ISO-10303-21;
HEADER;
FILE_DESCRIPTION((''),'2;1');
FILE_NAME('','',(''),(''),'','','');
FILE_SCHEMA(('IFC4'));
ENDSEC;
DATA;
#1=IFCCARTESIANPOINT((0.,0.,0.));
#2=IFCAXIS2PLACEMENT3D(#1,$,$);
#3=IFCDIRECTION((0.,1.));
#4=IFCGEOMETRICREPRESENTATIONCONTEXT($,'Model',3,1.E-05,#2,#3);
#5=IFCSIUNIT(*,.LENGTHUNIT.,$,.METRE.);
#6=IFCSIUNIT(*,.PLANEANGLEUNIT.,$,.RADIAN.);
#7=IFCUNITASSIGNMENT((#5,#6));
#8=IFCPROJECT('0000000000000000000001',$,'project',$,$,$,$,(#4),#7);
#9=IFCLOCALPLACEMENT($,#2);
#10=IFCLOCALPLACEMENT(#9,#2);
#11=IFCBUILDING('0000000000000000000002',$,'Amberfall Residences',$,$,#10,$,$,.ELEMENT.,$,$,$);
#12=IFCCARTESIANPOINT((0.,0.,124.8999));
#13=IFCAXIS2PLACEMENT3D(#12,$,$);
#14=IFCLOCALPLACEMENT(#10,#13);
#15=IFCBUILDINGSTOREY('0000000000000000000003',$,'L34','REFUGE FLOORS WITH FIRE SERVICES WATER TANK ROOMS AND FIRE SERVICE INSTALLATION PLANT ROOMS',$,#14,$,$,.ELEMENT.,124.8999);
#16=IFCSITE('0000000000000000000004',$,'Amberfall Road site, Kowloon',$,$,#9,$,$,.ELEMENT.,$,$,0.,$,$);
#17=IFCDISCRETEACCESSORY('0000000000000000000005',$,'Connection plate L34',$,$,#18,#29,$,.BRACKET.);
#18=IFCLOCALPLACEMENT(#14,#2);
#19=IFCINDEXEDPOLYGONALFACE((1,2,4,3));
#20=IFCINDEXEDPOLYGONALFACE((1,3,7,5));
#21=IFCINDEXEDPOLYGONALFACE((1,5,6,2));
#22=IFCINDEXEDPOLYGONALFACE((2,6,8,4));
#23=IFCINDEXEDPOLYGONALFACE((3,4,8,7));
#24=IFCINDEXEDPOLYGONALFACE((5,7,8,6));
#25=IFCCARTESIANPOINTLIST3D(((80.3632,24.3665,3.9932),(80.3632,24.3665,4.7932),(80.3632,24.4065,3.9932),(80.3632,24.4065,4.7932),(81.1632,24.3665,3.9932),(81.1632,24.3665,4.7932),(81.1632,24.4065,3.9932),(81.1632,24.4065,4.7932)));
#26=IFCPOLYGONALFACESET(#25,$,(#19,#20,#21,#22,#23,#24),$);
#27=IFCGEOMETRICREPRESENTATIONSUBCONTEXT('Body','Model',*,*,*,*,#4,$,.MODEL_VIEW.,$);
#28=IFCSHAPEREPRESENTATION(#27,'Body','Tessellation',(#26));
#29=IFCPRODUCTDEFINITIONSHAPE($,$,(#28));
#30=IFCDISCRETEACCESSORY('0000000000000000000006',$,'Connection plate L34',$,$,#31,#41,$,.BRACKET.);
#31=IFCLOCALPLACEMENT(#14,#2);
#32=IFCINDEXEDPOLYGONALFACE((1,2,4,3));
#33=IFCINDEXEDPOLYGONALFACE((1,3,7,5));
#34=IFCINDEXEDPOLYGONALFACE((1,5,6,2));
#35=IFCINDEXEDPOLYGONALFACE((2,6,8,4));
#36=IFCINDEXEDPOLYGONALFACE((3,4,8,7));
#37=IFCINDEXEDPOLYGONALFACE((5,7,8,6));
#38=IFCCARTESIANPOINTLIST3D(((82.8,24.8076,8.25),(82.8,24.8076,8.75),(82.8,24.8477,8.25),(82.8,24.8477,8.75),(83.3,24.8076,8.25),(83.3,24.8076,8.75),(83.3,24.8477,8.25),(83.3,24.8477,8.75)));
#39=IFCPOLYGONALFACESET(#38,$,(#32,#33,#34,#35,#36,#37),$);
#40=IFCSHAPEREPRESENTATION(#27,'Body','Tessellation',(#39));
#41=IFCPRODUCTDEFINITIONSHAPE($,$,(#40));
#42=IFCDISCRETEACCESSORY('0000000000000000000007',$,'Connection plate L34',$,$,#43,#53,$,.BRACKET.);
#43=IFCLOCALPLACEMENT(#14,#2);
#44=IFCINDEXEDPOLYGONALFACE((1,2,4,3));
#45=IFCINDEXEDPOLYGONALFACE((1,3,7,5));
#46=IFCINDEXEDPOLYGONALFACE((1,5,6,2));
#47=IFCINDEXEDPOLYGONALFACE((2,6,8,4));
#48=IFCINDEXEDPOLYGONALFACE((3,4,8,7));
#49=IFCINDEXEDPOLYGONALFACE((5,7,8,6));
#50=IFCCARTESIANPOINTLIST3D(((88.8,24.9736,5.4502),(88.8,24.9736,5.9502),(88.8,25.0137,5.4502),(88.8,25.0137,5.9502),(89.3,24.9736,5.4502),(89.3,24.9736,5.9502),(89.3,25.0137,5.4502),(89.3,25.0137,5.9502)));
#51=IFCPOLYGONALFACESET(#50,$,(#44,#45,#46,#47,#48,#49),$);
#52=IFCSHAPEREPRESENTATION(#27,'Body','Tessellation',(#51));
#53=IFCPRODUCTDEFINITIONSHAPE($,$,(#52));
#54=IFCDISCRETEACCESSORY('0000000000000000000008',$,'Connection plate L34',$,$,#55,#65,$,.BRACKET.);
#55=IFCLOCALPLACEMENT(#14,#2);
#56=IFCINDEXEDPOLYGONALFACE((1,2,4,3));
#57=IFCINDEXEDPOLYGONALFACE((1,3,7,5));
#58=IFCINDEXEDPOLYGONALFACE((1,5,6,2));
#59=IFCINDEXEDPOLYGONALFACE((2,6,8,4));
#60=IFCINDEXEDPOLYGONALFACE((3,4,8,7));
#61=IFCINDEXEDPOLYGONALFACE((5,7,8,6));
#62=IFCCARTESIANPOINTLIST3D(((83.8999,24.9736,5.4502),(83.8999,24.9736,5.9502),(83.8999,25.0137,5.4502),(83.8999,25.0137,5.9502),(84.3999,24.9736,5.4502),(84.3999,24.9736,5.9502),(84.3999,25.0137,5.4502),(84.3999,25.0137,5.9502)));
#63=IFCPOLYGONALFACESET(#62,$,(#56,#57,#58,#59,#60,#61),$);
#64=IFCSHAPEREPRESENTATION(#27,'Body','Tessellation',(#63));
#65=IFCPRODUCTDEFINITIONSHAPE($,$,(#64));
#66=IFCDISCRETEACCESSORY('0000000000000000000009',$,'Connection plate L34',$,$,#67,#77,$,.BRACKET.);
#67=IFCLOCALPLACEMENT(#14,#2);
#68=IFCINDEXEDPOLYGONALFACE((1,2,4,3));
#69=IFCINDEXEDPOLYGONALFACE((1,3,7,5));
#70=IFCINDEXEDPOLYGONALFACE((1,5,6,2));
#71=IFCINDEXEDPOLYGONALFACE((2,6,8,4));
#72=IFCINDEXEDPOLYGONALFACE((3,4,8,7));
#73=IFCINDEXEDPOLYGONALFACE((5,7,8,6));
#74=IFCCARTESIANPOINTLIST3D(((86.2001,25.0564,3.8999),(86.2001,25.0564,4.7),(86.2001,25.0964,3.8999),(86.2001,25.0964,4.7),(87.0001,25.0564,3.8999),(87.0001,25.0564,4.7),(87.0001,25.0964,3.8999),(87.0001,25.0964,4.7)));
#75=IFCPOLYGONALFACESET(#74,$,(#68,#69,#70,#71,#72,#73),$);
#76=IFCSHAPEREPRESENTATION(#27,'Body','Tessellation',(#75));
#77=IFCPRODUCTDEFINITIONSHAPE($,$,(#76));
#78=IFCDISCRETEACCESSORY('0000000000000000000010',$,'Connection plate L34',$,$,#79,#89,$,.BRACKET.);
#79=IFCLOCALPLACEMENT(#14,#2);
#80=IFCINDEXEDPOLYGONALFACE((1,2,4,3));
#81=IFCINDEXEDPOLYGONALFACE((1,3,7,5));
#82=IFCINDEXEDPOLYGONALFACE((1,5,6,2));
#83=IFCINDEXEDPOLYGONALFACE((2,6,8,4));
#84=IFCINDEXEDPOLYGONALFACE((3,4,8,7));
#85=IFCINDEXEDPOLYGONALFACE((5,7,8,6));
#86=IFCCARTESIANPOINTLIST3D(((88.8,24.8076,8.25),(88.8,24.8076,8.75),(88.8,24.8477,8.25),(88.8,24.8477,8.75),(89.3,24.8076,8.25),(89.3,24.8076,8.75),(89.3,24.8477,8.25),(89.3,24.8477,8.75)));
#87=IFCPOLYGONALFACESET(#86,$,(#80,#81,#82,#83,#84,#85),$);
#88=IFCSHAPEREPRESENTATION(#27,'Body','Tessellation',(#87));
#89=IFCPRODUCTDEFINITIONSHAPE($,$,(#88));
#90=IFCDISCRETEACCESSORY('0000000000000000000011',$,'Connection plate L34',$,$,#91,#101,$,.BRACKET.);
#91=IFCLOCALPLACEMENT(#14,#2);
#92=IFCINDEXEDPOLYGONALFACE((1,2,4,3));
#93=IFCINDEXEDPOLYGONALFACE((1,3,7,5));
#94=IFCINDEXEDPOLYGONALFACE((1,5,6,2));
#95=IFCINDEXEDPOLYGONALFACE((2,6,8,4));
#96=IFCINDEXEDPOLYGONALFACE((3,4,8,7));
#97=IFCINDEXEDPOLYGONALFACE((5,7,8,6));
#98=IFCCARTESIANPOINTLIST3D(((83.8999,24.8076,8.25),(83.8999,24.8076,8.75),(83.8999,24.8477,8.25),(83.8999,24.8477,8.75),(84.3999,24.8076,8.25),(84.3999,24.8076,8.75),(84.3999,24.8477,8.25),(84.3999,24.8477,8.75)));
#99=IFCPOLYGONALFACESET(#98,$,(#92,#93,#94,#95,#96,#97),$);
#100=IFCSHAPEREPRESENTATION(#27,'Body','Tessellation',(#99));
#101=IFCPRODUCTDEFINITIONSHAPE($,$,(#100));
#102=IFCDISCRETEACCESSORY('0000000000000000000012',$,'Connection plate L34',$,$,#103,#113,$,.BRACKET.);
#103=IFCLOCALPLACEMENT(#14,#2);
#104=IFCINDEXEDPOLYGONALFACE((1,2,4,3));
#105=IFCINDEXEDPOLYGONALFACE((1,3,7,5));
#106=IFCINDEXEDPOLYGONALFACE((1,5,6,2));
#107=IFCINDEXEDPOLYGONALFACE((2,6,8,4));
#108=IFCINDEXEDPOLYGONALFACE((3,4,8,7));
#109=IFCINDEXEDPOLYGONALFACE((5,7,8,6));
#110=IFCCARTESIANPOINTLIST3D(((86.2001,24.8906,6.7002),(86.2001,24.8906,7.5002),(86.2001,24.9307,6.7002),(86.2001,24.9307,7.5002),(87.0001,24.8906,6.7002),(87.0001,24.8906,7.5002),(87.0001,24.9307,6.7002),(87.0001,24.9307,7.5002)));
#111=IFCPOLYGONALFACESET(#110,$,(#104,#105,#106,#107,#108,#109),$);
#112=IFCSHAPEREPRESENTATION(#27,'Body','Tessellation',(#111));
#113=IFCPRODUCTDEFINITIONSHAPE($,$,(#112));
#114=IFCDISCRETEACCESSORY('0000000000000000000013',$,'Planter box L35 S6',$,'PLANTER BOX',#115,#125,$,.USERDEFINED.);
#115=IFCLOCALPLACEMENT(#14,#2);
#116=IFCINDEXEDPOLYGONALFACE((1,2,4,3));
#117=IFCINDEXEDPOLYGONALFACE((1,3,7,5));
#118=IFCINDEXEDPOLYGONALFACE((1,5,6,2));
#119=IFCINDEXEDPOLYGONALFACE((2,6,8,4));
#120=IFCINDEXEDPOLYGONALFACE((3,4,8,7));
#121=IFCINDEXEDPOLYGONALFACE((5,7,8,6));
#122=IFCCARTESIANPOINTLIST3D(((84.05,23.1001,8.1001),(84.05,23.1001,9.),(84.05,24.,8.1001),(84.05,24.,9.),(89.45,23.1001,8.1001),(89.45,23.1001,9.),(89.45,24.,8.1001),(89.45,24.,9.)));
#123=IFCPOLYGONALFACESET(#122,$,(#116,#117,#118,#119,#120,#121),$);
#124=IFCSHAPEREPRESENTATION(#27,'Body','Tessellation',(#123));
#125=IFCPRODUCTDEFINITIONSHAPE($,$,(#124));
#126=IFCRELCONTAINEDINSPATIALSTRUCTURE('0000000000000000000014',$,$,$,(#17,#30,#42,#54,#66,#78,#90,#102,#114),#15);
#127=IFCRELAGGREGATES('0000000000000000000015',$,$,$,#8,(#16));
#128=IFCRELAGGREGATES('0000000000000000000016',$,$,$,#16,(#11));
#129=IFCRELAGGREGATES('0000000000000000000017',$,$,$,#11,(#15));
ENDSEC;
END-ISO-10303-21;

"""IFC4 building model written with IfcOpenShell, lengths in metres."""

from ifc_helpers import new_model, si_unit, direction, frame, origin, origin_2d, place, context, subcontext, project, spatial, rectangle, extrude, element, save


model = new_model("IFC4")

# Units and contexts
model_context = context("Model", 3, precision=1e-05, world=origin(), true_north=direction((0.0, 1.0)))
body_context = subcontext(model_context, "Body", "Model", "MODEL_VIEW")
ifc_project = project(units=[si_unit("LENGTHUNIT", "METRE"), si_unit("PLANEANGLEUNIT", "RADIAN")], contexts=[model_context])

# Site, building, storey
site_placement = place(None, origin())
site = spatial("IfcSite", under=ifc_project, at=site_placement, Name="Amberfall Road site, Kowloon", CompositionType="ELEMENT", RefElevation=0.0)
building_placement = place(site_placement, origin())
building = spatial("IfcBuilding", under=site, at=building_placement, Name="Amberfall Residences", CompositionType="ELEMENT")
storey_placement = place(building_placement, frame((0.0, 0.0, 124.8999)))
storey = spatial("IfcBuildingStorey", under=building, at=storey_placement, Name="L34", Description="REFUGE FLOORS WITH FIRE SERVICES WATER TANK ROOMS AND FIRE SERVICE INSTALLATION PLANT ROOMS", CompositionType="ELEMENT", Elevation=124.8999)

# Discrete accessories
discrete_accessory_1_placement = place(storey_placement, frame((80.7632, 24.3865, 3.9932), z_axis=(0.0, 0.0, 1.0), x_axis=(1.0, 0.0, 0.0)))
element("IfcDiscreteAccessory", 1, at=discrete_accessory_1_placement, inside=storey, Name="Connection plate L34", PredefinedType="BRACKET", context=body_context, shape_type="SweptSolid", body=[
    extrude(rectangle(XDim=0.8, YDim=0.04, at=origin_2d()), origin(), (0.0, 0.0, 1.0), 0.8),
])
for number, where, z_axis, x_axis, name in (
    (2, (83.05, 24.8276, 8.25), (0.0, 0.0, 1.0), (1.0, 0.0, 0.0), "Connection plate L34"),
    (3, (89.05, 24.9937, 5.4502), (0.0, 0.0, 1.0), (1.0, 0.0, 0.0), "Connection plate L34"),
    (4, (84.1499, 24.9937, 5.4502), (0.0, 0.0, 1.0), (1.0, 0.0, 0.0), "Connection plate L34"),
):
    element("IfcDiscreteAccessory", number, at=place(storey_placement, frame(where, z_axis=z_axis, x_axis=x_axis)), inside=storey, Name=name, PredefinedType="BRACKET", context=body_context, shape_type="SweptSolid", body=[
        extrude(rectangle(XDim=0.5, YDim=0.04, at=origin_2d()), origin(), (0.0, 0.0, 1.0), 0.5),
    ])
discrete_accessory_2_placement = place(storey_placement, frame((86.6001, 25.0764, 3.8999), z_axis=(0.0, 0.0, 1.0), x_axis=(1.0, 0.0, 0.0)))
element("IfcDiscreteAccessory", 5, at=discrete_accessory_2_placement, inside=storey, Name="Connection plate L34", PredefinedType="BRACKET", context=body_context, shape_type="SweptSolid", body=[
    extrude(rectangle(XDim=0.8, YDim=0.04, at=origin_2d()), origin(), (0.0, 0.0, 1.0), 0.8),
])
for number, where, z_axis, x_axis, name in (
    (6, (89.05, 24.8276, 8.25), (0.0, 0.0, 1.0), (1.0, 0.0, 0.0), "Connection plate L34"),
    (7, (84.1499, 24.8276, 8.25), (0.0, 0.0, 1.0), (1.0, 0.0, 0.0), "Connection plate L34"),
):
    element("IfcDiscreteAccessory", number, at=place(storey_placement, frame(where, z_axis=z_axis, x_axis=x_axis)), inside=storey, Name=name, PredefinedType="BRACKET", context=body_context, shape_type="SweptSolid", body=[
        extrude(rectangle(XDim=0.5, YDim=0.04, at=origin_2d()), origin(), (0.0, 0.0, 1.0), 0.5),
    ])
discrete_accessory_3_placement = place(storey_placement, frame((86.6001, 24.9106, 6.7002), z_axis=(0.0, 0.0, 1.0), x_axis=(1.0, 0.0, 0.0)))
element("IfcDiscreteAccessory", 8, at=discrete_accessory_3_placement, inside=storey, Name="Connection plate L34", PredefinedType="BRACKET", context=body_context, shape_type="SweptSolid", body=[
    extrude(rectangle(XDim=0.8, YDim=0.04, at=origin_2d()), origin(), (0.0, 0.0, 1.0), 0.8),
])
discrete_accessory_4_placement = place(storey_placement, frame((86.75, 23.55, 8.1001), z_axis=(0.0, 0.0, 1.0), x_axis=(1.0, 0.0, 0.0)))
element("IfcDiscreteAccessory", 9, at=discrete_accessory_4_placement, inside=storey, Name="Planter box L35 S6", ObjectType="PLANTER BOX", PredefinedType="USERDEFINED", context=body_context, shape_type="SweptSolid", body=[
    extrude(rectangle(XDim=5.3999, YDim=0.8999, at=origin_2d()), origin(), (0.0, 0.0, 1.0), 0.8999),
])

save(model, "model.ifc")
